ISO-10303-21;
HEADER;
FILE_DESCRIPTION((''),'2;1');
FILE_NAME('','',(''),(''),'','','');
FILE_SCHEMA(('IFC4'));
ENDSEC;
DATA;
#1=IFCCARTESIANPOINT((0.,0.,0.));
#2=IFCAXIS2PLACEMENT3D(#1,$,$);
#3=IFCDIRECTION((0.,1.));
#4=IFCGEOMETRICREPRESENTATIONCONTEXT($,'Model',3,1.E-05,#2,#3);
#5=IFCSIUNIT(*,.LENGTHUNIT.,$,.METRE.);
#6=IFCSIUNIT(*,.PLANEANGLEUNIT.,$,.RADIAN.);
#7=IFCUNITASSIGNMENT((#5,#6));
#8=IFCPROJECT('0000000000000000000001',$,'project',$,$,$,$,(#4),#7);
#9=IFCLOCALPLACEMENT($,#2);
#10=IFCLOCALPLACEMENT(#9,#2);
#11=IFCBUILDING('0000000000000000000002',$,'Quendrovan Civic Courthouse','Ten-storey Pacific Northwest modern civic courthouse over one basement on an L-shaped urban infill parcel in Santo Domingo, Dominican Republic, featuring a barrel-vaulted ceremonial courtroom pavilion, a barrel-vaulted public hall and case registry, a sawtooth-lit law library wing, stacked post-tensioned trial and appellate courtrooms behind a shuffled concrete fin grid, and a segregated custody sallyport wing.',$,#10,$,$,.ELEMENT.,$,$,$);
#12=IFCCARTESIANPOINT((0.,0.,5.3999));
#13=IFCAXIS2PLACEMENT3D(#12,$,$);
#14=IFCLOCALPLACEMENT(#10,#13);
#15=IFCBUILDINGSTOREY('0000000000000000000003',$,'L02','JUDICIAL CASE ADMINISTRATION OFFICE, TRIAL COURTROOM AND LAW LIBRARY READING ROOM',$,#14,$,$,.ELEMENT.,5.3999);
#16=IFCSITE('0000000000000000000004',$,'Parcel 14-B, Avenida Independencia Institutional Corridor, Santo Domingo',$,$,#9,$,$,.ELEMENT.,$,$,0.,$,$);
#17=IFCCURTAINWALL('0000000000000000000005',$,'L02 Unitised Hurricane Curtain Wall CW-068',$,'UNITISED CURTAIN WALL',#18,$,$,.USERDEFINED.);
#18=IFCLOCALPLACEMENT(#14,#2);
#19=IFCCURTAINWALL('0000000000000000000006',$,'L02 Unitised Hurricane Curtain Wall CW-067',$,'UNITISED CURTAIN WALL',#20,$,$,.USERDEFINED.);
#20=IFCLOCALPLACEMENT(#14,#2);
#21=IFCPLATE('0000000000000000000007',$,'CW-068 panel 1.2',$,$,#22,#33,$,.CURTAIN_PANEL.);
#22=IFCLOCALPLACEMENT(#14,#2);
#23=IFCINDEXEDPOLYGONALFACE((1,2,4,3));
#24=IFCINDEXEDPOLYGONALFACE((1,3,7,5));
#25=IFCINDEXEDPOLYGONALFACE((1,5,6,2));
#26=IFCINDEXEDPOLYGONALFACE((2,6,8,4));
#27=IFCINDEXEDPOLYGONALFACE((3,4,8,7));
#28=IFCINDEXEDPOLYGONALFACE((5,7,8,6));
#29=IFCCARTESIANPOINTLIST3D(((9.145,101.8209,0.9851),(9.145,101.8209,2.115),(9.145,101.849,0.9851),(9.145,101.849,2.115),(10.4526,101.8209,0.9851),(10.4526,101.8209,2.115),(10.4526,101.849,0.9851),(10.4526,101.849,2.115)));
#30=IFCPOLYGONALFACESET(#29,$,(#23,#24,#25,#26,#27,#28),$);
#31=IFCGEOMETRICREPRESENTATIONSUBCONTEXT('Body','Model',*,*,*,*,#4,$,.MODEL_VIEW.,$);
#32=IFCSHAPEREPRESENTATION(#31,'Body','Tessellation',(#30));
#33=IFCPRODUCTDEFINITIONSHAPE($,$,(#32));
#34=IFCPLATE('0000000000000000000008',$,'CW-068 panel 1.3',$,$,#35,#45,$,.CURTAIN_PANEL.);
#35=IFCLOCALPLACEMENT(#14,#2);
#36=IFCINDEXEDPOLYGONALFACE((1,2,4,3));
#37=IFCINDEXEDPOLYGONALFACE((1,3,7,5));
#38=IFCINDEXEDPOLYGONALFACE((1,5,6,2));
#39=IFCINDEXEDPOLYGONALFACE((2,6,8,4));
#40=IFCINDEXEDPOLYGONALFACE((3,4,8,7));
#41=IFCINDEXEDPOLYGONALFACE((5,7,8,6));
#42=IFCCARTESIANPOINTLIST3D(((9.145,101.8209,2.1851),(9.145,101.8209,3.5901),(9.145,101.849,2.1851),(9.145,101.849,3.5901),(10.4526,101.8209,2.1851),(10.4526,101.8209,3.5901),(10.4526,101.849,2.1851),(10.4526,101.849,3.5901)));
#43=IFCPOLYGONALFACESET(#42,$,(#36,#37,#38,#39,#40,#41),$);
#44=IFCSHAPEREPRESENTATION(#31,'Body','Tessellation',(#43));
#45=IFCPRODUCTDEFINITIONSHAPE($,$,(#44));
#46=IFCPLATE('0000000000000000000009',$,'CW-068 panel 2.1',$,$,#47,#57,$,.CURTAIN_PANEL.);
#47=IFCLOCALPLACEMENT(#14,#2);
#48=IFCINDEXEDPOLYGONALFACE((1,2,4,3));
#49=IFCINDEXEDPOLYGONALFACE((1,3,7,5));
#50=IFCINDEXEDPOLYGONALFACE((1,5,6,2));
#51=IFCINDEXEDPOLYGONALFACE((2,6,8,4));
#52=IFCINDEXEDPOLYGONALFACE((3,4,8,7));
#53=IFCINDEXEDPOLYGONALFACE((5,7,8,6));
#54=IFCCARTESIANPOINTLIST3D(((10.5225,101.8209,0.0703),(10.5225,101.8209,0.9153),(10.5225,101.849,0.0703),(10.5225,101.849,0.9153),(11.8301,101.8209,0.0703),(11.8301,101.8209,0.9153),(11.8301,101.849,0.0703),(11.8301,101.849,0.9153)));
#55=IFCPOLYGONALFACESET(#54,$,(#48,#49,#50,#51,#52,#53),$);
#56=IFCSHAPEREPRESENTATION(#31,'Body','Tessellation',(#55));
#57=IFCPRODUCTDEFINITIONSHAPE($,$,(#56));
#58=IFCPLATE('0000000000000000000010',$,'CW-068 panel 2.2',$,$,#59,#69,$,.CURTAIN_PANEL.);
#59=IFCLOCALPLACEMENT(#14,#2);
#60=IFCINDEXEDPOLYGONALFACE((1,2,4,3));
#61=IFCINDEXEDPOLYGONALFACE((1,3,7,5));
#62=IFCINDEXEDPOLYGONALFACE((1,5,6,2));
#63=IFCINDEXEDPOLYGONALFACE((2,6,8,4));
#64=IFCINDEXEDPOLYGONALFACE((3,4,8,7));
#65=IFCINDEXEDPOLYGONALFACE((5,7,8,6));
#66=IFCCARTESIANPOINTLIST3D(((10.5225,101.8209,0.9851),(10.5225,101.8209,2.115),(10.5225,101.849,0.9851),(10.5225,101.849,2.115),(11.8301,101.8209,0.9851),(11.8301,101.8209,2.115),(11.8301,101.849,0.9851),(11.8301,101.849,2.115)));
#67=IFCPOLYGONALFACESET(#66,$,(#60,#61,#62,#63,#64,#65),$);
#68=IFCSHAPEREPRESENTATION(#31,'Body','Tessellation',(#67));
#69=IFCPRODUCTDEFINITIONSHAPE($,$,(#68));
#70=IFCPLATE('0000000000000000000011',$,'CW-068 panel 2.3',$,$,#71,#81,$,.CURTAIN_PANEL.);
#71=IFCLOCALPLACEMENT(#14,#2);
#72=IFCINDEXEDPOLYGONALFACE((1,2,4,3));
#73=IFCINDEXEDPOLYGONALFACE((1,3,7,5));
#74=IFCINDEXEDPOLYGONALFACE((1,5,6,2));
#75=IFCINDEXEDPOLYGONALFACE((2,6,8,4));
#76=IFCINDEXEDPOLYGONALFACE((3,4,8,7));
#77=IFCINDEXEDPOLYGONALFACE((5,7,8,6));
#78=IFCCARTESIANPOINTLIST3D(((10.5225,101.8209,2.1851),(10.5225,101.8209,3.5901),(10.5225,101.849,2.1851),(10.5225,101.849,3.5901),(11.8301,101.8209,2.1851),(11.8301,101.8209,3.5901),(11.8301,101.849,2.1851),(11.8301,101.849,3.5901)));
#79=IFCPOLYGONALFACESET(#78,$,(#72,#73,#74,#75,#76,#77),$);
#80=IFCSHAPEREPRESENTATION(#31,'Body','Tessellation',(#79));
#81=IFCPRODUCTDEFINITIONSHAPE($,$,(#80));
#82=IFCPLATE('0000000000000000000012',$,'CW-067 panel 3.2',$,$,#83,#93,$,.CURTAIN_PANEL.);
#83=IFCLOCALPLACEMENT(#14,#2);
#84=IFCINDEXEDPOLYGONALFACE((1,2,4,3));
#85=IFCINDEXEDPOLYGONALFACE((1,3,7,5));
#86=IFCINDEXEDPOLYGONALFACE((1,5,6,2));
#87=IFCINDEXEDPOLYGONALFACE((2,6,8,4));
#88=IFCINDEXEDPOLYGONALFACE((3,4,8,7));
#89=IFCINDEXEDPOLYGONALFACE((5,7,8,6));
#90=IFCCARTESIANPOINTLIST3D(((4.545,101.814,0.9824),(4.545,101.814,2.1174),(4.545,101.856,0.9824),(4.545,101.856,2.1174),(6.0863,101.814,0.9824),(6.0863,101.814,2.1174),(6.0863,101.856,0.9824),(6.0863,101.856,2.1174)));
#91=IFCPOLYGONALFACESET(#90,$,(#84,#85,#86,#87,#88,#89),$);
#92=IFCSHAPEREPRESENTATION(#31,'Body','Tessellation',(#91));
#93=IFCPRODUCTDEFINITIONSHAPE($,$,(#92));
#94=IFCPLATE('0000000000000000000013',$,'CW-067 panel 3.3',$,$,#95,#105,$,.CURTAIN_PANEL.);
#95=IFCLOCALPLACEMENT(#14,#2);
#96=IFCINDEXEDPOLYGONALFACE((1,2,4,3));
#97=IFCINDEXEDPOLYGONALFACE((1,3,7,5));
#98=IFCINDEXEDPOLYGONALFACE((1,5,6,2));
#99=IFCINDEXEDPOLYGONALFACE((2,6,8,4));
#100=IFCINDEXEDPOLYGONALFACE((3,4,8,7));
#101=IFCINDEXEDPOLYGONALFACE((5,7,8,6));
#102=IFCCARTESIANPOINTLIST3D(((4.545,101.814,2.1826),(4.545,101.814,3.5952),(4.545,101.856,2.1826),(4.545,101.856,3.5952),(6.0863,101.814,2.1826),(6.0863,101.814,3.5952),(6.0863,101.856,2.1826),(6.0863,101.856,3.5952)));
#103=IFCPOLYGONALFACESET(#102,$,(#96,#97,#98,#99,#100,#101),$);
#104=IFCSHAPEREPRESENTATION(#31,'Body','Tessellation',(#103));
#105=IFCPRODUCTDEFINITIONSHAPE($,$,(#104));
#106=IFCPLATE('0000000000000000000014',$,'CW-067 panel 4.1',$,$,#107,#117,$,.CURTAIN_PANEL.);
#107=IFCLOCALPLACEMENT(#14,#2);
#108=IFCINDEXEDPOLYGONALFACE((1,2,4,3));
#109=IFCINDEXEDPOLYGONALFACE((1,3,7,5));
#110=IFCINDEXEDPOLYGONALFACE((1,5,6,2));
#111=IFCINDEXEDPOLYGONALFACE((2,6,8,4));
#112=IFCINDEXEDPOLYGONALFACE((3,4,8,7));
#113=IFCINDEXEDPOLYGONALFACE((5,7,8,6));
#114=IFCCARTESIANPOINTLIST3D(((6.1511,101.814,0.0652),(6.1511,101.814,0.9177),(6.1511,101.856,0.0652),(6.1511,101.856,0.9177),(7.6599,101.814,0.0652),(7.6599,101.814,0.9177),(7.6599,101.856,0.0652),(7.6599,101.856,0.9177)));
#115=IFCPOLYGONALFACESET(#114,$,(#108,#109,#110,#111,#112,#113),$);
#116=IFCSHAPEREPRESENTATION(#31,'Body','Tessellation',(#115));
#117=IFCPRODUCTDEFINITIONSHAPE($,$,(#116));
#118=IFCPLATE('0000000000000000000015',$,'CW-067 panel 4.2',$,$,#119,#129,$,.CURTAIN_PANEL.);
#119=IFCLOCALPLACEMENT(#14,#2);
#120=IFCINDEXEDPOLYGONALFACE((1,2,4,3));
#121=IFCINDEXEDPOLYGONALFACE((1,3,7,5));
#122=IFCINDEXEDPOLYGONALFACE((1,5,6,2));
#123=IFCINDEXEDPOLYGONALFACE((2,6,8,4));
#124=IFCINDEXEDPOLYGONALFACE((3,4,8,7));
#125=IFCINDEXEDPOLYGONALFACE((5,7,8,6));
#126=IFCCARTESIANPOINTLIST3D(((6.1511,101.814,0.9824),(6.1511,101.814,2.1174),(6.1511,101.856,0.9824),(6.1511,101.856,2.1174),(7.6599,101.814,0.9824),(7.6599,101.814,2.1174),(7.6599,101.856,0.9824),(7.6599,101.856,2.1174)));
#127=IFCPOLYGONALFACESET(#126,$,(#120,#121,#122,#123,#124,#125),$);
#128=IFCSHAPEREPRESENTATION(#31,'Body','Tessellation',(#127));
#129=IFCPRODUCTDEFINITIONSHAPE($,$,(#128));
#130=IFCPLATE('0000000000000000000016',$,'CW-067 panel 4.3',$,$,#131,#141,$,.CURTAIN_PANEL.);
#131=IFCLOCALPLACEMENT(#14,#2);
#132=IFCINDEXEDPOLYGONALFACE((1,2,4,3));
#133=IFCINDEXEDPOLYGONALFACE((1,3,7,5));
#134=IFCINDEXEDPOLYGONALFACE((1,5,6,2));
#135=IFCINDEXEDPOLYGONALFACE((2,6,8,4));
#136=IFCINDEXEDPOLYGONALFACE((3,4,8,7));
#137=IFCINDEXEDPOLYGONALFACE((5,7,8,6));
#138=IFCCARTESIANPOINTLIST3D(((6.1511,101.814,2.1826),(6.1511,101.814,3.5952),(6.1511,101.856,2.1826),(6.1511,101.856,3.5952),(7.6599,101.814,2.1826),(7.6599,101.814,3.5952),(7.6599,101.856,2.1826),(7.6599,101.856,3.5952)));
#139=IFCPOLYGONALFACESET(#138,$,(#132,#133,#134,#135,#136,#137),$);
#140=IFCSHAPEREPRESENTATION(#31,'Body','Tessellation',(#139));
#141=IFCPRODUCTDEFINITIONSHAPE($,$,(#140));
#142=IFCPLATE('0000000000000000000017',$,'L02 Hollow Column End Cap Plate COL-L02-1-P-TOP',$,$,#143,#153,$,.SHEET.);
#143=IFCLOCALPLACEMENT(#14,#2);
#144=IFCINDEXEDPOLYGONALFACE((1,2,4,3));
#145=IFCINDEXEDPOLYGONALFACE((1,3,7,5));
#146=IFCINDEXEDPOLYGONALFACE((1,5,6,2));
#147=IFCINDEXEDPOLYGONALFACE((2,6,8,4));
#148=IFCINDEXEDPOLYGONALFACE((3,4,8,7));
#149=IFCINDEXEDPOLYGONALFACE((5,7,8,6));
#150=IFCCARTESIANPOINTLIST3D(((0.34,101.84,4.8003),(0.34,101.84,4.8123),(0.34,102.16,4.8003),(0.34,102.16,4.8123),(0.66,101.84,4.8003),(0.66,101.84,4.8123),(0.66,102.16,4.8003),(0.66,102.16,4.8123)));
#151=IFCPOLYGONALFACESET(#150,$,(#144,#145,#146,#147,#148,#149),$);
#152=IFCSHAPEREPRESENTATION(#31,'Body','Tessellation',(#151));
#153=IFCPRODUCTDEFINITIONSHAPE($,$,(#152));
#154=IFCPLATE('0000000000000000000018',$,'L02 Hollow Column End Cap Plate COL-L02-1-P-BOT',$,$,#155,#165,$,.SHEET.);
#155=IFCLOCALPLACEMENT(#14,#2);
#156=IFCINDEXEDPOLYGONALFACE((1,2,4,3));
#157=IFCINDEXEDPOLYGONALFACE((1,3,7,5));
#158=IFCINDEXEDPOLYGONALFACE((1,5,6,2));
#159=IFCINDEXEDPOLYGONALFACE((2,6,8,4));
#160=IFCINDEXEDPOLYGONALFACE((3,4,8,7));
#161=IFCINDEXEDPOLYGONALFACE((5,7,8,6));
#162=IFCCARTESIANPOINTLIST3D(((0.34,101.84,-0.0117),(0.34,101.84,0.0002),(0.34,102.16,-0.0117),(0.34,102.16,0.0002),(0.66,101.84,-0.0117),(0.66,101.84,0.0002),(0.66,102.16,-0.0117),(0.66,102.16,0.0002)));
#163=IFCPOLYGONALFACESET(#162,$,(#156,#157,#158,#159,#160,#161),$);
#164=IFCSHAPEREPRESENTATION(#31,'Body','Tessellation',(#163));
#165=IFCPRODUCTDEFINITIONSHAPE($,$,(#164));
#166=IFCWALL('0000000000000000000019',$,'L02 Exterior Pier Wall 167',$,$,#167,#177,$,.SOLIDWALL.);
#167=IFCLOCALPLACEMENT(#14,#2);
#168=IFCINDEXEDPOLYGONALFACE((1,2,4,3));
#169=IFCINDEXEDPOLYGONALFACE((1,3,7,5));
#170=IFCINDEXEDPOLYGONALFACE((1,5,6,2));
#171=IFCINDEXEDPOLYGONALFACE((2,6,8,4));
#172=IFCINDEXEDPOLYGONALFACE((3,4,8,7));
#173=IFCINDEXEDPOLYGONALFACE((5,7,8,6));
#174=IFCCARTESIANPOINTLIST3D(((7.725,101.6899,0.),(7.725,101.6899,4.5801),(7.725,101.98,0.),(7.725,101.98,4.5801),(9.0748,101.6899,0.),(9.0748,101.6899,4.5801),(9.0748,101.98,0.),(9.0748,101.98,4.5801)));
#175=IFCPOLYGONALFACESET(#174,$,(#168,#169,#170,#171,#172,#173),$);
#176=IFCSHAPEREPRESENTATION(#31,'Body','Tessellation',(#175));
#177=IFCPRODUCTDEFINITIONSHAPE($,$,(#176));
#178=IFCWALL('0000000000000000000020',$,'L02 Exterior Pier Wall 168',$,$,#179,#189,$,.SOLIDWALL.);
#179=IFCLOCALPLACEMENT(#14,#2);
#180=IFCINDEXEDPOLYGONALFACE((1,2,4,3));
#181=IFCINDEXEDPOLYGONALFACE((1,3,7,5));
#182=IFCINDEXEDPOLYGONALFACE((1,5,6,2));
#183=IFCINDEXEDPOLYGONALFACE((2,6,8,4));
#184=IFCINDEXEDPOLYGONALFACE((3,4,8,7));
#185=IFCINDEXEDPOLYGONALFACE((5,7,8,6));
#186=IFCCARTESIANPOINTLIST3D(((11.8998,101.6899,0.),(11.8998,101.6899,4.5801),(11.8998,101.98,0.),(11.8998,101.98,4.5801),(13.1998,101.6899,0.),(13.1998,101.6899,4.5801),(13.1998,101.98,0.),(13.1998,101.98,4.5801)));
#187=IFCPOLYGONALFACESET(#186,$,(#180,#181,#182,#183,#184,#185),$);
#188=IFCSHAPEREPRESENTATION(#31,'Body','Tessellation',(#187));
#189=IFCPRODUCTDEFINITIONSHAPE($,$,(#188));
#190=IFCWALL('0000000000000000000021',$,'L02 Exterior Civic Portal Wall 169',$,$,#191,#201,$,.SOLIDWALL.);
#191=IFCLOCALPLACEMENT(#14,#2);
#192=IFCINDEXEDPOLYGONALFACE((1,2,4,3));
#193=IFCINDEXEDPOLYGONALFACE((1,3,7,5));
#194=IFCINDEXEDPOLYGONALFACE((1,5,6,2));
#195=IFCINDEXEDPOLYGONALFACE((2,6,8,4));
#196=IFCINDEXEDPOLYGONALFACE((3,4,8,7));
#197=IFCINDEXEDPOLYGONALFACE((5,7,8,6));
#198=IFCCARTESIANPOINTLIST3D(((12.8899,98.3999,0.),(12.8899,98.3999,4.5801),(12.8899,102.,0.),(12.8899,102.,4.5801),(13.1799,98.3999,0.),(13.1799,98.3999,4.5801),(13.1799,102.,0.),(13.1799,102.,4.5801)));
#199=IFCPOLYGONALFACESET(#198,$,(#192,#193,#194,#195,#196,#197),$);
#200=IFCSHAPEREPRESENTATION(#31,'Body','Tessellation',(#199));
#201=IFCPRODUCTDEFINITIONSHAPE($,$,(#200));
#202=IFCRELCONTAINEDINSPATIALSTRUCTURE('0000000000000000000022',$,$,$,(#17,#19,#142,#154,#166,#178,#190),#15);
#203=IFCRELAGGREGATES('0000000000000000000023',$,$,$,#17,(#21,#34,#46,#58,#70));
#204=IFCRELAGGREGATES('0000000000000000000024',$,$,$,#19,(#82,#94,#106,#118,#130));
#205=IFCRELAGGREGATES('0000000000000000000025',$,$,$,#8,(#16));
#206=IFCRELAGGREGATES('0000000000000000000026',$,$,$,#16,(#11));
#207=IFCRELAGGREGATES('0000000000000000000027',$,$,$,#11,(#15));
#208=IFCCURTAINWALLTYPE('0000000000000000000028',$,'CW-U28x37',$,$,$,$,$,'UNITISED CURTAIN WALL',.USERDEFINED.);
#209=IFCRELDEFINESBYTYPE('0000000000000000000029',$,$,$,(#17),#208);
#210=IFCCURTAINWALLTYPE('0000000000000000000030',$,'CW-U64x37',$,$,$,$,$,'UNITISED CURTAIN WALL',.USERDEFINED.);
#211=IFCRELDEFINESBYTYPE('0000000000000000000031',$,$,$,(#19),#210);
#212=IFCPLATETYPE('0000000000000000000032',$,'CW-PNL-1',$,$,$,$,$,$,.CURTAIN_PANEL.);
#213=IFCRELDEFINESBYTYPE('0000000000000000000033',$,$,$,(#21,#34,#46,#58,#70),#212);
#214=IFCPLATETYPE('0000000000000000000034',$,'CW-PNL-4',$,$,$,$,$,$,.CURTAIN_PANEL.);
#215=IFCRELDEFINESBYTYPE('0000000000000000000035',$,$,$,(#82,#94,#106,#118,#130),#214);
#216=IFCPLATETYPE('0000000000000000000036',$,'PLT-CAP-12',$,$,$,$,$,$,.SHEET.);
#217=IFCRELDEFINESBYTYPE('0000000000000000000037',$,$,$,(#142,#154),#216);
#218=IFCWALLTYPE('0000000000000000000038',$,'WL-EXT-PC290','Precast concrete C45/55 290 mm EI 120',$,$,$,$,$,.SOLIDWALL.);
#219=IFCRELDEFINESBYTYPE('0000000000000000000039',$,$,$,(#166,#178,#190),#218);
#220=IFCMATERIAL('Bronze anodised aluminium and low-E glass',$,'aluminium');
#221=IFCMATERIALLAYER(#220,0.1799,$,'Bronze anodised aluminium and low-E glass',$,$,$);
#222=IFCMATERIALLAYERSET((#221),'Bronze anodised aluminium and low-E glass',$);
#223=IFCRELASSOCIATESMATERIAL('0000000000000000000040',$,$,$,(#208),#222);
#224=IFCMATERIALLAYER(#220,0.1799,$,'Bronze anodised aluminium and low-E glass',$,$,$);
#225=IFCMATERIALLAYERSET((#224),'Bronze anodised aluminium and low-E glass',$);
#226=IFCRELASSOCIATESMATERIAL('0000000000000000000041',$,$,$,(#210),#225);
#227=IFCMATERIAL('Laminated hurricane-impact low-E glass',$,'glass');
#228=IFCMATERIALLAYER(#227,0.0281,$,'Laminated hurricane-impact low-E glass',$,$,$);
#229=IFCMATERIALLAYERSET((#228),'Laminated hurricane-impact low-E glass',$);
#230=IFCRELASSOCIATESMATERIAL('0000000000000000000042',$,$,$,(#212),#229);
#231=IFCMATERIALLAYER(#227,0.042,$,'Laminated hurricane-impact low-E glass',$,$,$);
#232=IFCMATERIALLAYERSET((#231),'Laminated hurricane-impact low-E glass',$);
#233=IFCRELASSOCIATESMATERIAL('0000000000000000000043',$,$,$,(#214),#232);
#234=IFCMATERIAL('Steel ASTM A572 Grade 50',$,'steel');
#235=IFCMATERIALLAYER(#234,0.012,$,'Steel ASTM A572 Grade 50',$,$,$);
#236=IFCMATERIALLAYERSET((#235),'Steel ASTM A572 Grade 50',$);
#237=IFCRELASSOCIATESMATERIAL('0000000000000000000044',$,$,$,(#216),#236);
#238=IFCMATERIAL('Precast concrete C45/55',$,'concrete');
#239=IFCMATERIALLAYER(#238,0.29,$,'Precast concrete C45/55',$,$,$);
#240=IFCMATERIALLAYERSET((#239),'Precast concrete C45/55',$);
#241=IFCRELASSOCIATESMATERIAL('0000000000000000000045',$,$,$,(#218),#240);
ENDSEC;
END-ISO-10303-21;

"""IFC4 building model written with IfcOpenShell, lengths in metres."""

from ifc_helpers import new_model, si_unit, direction, frame, frame_2d, origin, origin_2d, place, context, subcontext, project, spatial, rectangle, extrude, material, layer, layer_set, type_object, element, aggregate, save


model = new_model("IFC4")

# Units and contexts
model_context = context("Model", 3, precision=1e-05, world=origin(), true_north=direction((0.0, 1.0)))
body_context = subcontext(model_context, "Body", "Model", "MODEL_VIEW")
ifc_project = project(units=[si_unit("LENGTHUNIT", "METRE"), si_unit("PLANEANGLEUNIT", "RADIAN")], contexts=[model_context])

# Site, building, storey
site_placement = place(None, origin())
site = spatial("IfcSite", under=ifc_project, at=site_placement, Name="Parcel 14-B, Avenida Independencia Institutional Corridor, Santo Domingo", CompositionType="ELEMENT", RefElevation=0.0)
building_placement = place(site_placement, origin())
building = spatial("IfcBuilding", under=site, at=building_placement, Name="Quendrovan Civic Courthouse", Description="Ten-storey Pacific Northwest modern civic courthouse over one basement on an L-shaped urban infill parcel in Santo Domingo, Dominican Republic, featuring a barrel-vaulted ceremonial courtroom pavilion, a barrel-vaulted public hall and case registry, a sawtooth-lit law library wing, stacked post-tensioned trial and appellate courtrooms behind a shuffled concrete fin grid, and a segregated custody sallyport wing.", CompositionType="ELEMENT")
storey_placement = place(building_placement, frame((0.0, 0.0, 5.3999)))
storey = spatial("IfcBuildingStorey", under=building, at=storey_placement, Name="L02", Description="JUDICIAL CASE ADMINISTRATION OFFICE, TRIAL COURTROOM AND LAW LIBRARY READING ROOM", CompositionType="ELEMENT", Elevation=5.3999)

# Curtain walls
ifc_material_1 = material(Name="Bronze anodised aluminium and low-E glass", Category="aluminium")
ifc_layer_1 = layer(ifc_material_1, 0.1799, Name="Bronze anodised aluminium and low-E glass")
ifc_layer_set_1 = layer_set([ifc_layer_1], Name="Bronze anodised aluminium and low-E glass")
curtain_wall_type_1 = type_object("IfcCurtainWallType", Name="CW-U28x37", ElementType="UNITISED CURTAIN WALL", PredefinedType="USERDEFINED", material=ifc_layer_set_1)
curtain_wall_1_placement = place(storey_placement, origin())
curtain_wall_1 = element("IfcCurtainWall", 1, at=curtain_wall_1_placement, inside=storey, type_object=curtain_wall_type_1, Name="L02 Unitised Hurricane Curtain Wall CW-068", ObjectType="UNITISED CURTAIN WALL", PredefinedType="USERDEFINED")
ifc_layer_2 = layer(ifc_material_1, 0.1799, Name="Bronze anodised aluminium and low-E glass")
ifc_layer_set_2 = layer_set([ifc_layer_2], Name="Bronze anodised aluminium and low-E glass")
curtain_wall_type_2 = type_object("IfcCurtainWallType", Name="CW-U64x37", ElementType="UNITISED CURTAIN WALL", PredefinedType="USERDEFINED", material=ifc_layer_set_2)
curtain_wall_2_placement = place(storey_placement, origin())
curtain_wall_2 = element("IfcCurtainWall", 2, at=curtain_wall_2_placement, inside=storey, type_object=curtain_wall_type_2, Name="L02 Unitised Hurricane Curtain Wall CW-067", ObjectType="UNITISED CURTAIN WALL", PredefinedType="USERDEFINED")

# Plates
ifc_material_2 = material(Name="Laminated hurricane-impact low-E glass", Category="glass")
ifc_layer_3 = layer(ifc_material_2, 0.0281, Name="Laminated hurricane-impact low-E glass")
ifc_layer_set_3 = layer_set([ifc_layer_3], Name="Laminated hurricane-impact low-E glass")
plate_type_1 = type_object("IfcPlateType", Name="CW-PNL-1", PredefinedType="CURTAIN_PANEL", material=ifc_layer_set_3)
plate_1_placement = place(storey_placement, frame((9.7988, 101.835, 0.9851), z_axis=(0.0, 0.0, 1.0), x_axis=(1.0, 0.0, 0.0)))
plate_1 = element("IfcPlate", 3, at=plate_1_placement, type_object=plate_type_1, Name="CW-068 panel 1.2", PredefinedType="CURTAIN_PANEL", context=body_context, shape_type="SweptSolid", body=[
    extrude(rectangle(XDim=1.3076, YDim=0.0281, at=origin_2d()), origin(), (0.0, 0.0, 1.0), 1.1299),
])
plate_2_placement = place(storey_placement, frame((9.7988, 101.835, 2.1851), z_axis=(0.0, 0.0, 1.0), x_axis=(1.0, 0.0, 0.0)))
plate_2 = element("IfcPlate", 4, at=plate_2_placement, type_object=plate_type_1, Name="CW-068 panel 1.3", PredefinedType="CURTAIN_PANEL", context=body_context, shape_type="SweptSolid", body=[
    extrude(rectangle(XDim=1.3076, YDim=0.0281, at=origin_2d()), origin(), (0.0, 0.0, 1.0), 1.405),
])
plate_3_placement = place(storey_placement, frame((11.1763, 101.835, 0.0703), z_axis=(0.0, 0.0, 1.0), x_axis=(1.0, 0.0, 0.0)))
plate_3 = element("IfcPlate", 5, at=plate_3_placement, type_object=plate_type_1, Name="CW-068 panel 2.1", PredefinedType="CURTAIN_PANEL", context=body_context, shape_type="SweptSolid", body=[
    extrude(rectangle(XDim=1.3076, YDim=0.0281, at=origin_2d()), origin(), (0.0, 0.0, 1.0), 0.845),
])
plate_4_placement = place(storey_placement, frame((11.1763, 101.835, 0.9851), z_axis=(0.0, 0.0, 1.0), x_axis=(1.0, 0.0, 0.0)))
plate_4 = element("IfcPlate", 6, at=plate_4_placement, type_object=plate_type_1, Name="CW-068 panel 2.2", PredefinedType="CURTAIN_PANEL", context=body_context, shape_type="SweptSolid", body=[
    extrude(rectangle(XDim=1.3076, YDim=0.0281, at=origin_2d()), origin(), (0.0, 0.0, 1.0), 1.1299),
])
plate_5_placement = place(storey_placement, frame((11.1763, 101.835, 2.1851), z_axis=(0.0, 0.0, 1.0), x_axis=(1.0, 0.0, 0.0)))
plate_5 = element("IfcPlate", 7, at=plate_5_placement, type_object=plate_type_1, Name="CW-068 panel 2.3", PredefinedType="CURTAIN_PANEL", context=body_context, shape_type="SweptSolid", body=[
    extrude(rectangle(XDim=1.3076, YDim=0.0281, at=origin_2d()), origin(), (0.0, 0.0, 1.0), 1.405),
])
aggregate(curtain_wall_1, [plate_1, plate_2, plate_3, plate_4, plate_5])
ifc_layer_4 = layer(ifc_material_2, 0.042, Name="Laminated hurricane-impact low-E glass")
ifc_layer_set_4 = layer_set([ifc_layer_4], Name="Laminated hurricane-impact low-E glass")
plate_type_2 = type_object("IfcPlateType", Name="CW-PNL-4", PredefinedType="CURTAIN_PANEL", material=ifc_layer_set_4)
plate_6_placement = place(storey_placement, frame((5.3157, 101.835, 0.9824), z_axis=(0.0, 0.0, 1.0), x_axis=(1.0, 0.0, 0.0)))
plate_6 = element("IfcPlate", 8, at=plate_6_placement, type_object=plate_type_2, Name="CW-067 panel 3.2", PredefinedType="CURTAIN_PANEL", context=body_context, shape_type="SweptSolid", body=[
    extrude(rectangle(XDim=1.5413, YDim=0.042, at=origin_2d()), origin(), (0.0, 0.0, 1.0), 1.135),
])
plate_7_placement = place(storey_placement, frame((5.3157, 101.835, 2.1826), z_axis=(0.0, 0.0, 1.0), x_axis=(1.0, 0.0, 0.0)))
plate_7 = element("IfcPlate", 9, at=plate_7_placement, type_object=plate_type_2, Name="CW-067 panel 3.3", PredefinedType="CURTAIN_PANEL", context=body_context, shape_type="SweptSolid", body=[
    extrude(rectangle(XDim=1.5413, YDim=0.042, at=origin_2d()), origin(), (0.0, 0.0, 1.0), 1.4126),
])
plate_8_placement = place(storey_placement, frame((6.9055, 101.835, 0.0652), z_axis=(0.0, 0.0, 1.0), x_axis=(1.0, 0.0, 0.0)))
plate_8 = element("IfcPlate", 10, at=plate_8_placement, type_object=plate_type_2, Name="CW-067 panel 4.1", PredefinedType="CURTAIN_PANEL", context=body_context, shape_type="SweptSolid", body=[
    extrude(rectangle(XDim=1.5088, YDim=0.042, at=origin_2d()), origin(), (0.0, 0.0, 1.0), 0.8525),
])
plate_9_placement = place(storey_placement, frame((6.9055, 101.835, 0.9824), z_axis=(0.0, 0.0, 1.0), x_axis=(1.0, 0.0, 0.0)))
plate_9 = element("IfcPlate", 11, at=plate_9_placement, type_object=plate_type_2, Name="CW-067 panel 4.2", PredefinedType="CURTAIN_PANEL", context=body_context, shape_type="SweptSolid", body=[
    extrude(rectangle(XDim=1.5088, YDim=0.042, at=origin_2d()), origin(), (0.0, 0.0, 1.0), 1.135),
])
plate_10_placement = place(storey_placement, frame((6.9055, 101.835, 2.1826), z_axis=(0.0, 0.0, 1.0), x_axis=(1.0, 0.0, 0.0)))
plate_10 = element("IfcPlate", 12, at=plate_10_placement, type_object=plate_type_2, Name="CW-067 panel 4.3", PredefinedType="CURTAIN_PANEL", context=body_context, shape_type="SweptSolid", body=[
    extrude(rectangle(XDim=1.5088, YDim=0.042, at=origin_2d()), origin(), (0.0, 0.0, 1.0), 1.4126),
])
aggregate(curtain_wall_2, [plate_6, plate_7, plate_8, plate_9, plate_10])

# Plates
ifc_material_3 = material(Name="Steel ASTM A572 Grade 50", Category="steel")
ifc_layer_5 = layer(ifc_material_3, 0.012, Name="Steel ASTM A572 Grade 50")
ifc_layer_set_5 = layer_set([ifc_layer_5], Name="Steel ASTM A572 Grade 50")
plate_type_3 = type_object("IfcPlateType", Name="PLT-CAP-12", PredefinedType="SHEET", material=ifc_layer_set_5)
for number, where, z_axis, x_axis, name in (
    (13, (0.5, 102.0, 4.8003), (0.0, 0.0, 1.0), (1.0, 0.0, 0.0), "L02 Hollow Column End Cap Plate COL-L02-1-P-TOP"),
    (14, (0.5, 102.0, -0.0117), (0.0, 0.0, 1.0), (1.0, 0.0, 0.0), "L02 Hollow Column End Cap Plate COL-L02-1-P-BOT"),
):
    element("IfcPlate", number, at=place(storey_placement, frame(where, z_axis=z_axis, x_axis=x_axis)), inside=storey, type_object=plate_type_3, Name=name, PredefinedType="SHEET", context=body_context, shape_type="SweptSolid", body=[
        extrude(rectangle(XDim=0.3201, YDim=0.3201, at=origin_2d()), origin(), (0.0, 0.0, 1.0), 0.012),
    ])

# Walls
ifc_material_4 = material(Name="Precast concrete C45/55", Category="concrete")
ifc_layer_6 = layer(ifc_material_4, 0.29, Name="Precast concrete C45/55")
ifc_layer_set_6 = layer_set([ifc_layer_6], Name="Precast concrete C45/55")
wall_type = type_object("IfcWallType", Name="WL-EXT-PC290", Description="Precast concrete C45/55 290 mm EI 120", PredefinedType="SOLIDWALL", material=ifc_layer_set_6)
wall_1_placement = place(storey_placement, frame((7.7251, 101.835, 0.0), z_axis=(0.0, 0.0, 1.0), x_axis=(1.0, 0.0, 0.0)))
element("IfcWall", 15, at=wall_1_placement, inside=storey, type_object=wall_type, Name="L02 Exterior Pier Wall 167", PredefinedType="SOLIDWALL", context=body_context, shape_type="SweptSolid", body=[
    extrude(rectangle(XDim=1.3499, YDim=0.29, at=frame_2d((0.6748, 0.0))), origin(), (0.0, 0.0, 1.0), 4.5801),
])
wall_2_placement = place(storey_placement, frame((11.8999, 101.835, 0.0), z_axis=(0.0, 0.0, 1.0), x_axis=(1.0, 0.0, 0.0)))
element("IfcWall", 16, at=wall_2_placement, inside=storey, type_object=wall_type, Name="L02 Exterior Pier Wall 168", PredefinedType="SOLIDWALL", context=body_context, shape_type="SweptSolid", body=[
    extrude(rectangle(XDim=1.3, YDim=0.29, at=frame_2d((0.6499, 0.0))), origin(), (0.0, 0.0, 1.0), 4.5801),
])
wall_3_placement = place(storey_placement, frame((13.0349, 102.0, 0.0), z_axis=(0.0, 0.0, 1.0), x_axis=(0.0, -1.0, 0.0)))
element("IfcWall", 17, at=wall_3_placement, inside=storey, type_object=wall_type, Name="L02 Exterior Civic Portal Wall 169", PredefinedType="SOLIDWALL", context=body_context, shape_type="SweptSolid", body=[
    extrude(rectangle(XDim=3.6001, YDim=0.29, at=frame_2d((1.8, 0.0))), origin(), (0.0, 0.0, 1.0), 4.5801),
])

save(model, "model.ifc")
